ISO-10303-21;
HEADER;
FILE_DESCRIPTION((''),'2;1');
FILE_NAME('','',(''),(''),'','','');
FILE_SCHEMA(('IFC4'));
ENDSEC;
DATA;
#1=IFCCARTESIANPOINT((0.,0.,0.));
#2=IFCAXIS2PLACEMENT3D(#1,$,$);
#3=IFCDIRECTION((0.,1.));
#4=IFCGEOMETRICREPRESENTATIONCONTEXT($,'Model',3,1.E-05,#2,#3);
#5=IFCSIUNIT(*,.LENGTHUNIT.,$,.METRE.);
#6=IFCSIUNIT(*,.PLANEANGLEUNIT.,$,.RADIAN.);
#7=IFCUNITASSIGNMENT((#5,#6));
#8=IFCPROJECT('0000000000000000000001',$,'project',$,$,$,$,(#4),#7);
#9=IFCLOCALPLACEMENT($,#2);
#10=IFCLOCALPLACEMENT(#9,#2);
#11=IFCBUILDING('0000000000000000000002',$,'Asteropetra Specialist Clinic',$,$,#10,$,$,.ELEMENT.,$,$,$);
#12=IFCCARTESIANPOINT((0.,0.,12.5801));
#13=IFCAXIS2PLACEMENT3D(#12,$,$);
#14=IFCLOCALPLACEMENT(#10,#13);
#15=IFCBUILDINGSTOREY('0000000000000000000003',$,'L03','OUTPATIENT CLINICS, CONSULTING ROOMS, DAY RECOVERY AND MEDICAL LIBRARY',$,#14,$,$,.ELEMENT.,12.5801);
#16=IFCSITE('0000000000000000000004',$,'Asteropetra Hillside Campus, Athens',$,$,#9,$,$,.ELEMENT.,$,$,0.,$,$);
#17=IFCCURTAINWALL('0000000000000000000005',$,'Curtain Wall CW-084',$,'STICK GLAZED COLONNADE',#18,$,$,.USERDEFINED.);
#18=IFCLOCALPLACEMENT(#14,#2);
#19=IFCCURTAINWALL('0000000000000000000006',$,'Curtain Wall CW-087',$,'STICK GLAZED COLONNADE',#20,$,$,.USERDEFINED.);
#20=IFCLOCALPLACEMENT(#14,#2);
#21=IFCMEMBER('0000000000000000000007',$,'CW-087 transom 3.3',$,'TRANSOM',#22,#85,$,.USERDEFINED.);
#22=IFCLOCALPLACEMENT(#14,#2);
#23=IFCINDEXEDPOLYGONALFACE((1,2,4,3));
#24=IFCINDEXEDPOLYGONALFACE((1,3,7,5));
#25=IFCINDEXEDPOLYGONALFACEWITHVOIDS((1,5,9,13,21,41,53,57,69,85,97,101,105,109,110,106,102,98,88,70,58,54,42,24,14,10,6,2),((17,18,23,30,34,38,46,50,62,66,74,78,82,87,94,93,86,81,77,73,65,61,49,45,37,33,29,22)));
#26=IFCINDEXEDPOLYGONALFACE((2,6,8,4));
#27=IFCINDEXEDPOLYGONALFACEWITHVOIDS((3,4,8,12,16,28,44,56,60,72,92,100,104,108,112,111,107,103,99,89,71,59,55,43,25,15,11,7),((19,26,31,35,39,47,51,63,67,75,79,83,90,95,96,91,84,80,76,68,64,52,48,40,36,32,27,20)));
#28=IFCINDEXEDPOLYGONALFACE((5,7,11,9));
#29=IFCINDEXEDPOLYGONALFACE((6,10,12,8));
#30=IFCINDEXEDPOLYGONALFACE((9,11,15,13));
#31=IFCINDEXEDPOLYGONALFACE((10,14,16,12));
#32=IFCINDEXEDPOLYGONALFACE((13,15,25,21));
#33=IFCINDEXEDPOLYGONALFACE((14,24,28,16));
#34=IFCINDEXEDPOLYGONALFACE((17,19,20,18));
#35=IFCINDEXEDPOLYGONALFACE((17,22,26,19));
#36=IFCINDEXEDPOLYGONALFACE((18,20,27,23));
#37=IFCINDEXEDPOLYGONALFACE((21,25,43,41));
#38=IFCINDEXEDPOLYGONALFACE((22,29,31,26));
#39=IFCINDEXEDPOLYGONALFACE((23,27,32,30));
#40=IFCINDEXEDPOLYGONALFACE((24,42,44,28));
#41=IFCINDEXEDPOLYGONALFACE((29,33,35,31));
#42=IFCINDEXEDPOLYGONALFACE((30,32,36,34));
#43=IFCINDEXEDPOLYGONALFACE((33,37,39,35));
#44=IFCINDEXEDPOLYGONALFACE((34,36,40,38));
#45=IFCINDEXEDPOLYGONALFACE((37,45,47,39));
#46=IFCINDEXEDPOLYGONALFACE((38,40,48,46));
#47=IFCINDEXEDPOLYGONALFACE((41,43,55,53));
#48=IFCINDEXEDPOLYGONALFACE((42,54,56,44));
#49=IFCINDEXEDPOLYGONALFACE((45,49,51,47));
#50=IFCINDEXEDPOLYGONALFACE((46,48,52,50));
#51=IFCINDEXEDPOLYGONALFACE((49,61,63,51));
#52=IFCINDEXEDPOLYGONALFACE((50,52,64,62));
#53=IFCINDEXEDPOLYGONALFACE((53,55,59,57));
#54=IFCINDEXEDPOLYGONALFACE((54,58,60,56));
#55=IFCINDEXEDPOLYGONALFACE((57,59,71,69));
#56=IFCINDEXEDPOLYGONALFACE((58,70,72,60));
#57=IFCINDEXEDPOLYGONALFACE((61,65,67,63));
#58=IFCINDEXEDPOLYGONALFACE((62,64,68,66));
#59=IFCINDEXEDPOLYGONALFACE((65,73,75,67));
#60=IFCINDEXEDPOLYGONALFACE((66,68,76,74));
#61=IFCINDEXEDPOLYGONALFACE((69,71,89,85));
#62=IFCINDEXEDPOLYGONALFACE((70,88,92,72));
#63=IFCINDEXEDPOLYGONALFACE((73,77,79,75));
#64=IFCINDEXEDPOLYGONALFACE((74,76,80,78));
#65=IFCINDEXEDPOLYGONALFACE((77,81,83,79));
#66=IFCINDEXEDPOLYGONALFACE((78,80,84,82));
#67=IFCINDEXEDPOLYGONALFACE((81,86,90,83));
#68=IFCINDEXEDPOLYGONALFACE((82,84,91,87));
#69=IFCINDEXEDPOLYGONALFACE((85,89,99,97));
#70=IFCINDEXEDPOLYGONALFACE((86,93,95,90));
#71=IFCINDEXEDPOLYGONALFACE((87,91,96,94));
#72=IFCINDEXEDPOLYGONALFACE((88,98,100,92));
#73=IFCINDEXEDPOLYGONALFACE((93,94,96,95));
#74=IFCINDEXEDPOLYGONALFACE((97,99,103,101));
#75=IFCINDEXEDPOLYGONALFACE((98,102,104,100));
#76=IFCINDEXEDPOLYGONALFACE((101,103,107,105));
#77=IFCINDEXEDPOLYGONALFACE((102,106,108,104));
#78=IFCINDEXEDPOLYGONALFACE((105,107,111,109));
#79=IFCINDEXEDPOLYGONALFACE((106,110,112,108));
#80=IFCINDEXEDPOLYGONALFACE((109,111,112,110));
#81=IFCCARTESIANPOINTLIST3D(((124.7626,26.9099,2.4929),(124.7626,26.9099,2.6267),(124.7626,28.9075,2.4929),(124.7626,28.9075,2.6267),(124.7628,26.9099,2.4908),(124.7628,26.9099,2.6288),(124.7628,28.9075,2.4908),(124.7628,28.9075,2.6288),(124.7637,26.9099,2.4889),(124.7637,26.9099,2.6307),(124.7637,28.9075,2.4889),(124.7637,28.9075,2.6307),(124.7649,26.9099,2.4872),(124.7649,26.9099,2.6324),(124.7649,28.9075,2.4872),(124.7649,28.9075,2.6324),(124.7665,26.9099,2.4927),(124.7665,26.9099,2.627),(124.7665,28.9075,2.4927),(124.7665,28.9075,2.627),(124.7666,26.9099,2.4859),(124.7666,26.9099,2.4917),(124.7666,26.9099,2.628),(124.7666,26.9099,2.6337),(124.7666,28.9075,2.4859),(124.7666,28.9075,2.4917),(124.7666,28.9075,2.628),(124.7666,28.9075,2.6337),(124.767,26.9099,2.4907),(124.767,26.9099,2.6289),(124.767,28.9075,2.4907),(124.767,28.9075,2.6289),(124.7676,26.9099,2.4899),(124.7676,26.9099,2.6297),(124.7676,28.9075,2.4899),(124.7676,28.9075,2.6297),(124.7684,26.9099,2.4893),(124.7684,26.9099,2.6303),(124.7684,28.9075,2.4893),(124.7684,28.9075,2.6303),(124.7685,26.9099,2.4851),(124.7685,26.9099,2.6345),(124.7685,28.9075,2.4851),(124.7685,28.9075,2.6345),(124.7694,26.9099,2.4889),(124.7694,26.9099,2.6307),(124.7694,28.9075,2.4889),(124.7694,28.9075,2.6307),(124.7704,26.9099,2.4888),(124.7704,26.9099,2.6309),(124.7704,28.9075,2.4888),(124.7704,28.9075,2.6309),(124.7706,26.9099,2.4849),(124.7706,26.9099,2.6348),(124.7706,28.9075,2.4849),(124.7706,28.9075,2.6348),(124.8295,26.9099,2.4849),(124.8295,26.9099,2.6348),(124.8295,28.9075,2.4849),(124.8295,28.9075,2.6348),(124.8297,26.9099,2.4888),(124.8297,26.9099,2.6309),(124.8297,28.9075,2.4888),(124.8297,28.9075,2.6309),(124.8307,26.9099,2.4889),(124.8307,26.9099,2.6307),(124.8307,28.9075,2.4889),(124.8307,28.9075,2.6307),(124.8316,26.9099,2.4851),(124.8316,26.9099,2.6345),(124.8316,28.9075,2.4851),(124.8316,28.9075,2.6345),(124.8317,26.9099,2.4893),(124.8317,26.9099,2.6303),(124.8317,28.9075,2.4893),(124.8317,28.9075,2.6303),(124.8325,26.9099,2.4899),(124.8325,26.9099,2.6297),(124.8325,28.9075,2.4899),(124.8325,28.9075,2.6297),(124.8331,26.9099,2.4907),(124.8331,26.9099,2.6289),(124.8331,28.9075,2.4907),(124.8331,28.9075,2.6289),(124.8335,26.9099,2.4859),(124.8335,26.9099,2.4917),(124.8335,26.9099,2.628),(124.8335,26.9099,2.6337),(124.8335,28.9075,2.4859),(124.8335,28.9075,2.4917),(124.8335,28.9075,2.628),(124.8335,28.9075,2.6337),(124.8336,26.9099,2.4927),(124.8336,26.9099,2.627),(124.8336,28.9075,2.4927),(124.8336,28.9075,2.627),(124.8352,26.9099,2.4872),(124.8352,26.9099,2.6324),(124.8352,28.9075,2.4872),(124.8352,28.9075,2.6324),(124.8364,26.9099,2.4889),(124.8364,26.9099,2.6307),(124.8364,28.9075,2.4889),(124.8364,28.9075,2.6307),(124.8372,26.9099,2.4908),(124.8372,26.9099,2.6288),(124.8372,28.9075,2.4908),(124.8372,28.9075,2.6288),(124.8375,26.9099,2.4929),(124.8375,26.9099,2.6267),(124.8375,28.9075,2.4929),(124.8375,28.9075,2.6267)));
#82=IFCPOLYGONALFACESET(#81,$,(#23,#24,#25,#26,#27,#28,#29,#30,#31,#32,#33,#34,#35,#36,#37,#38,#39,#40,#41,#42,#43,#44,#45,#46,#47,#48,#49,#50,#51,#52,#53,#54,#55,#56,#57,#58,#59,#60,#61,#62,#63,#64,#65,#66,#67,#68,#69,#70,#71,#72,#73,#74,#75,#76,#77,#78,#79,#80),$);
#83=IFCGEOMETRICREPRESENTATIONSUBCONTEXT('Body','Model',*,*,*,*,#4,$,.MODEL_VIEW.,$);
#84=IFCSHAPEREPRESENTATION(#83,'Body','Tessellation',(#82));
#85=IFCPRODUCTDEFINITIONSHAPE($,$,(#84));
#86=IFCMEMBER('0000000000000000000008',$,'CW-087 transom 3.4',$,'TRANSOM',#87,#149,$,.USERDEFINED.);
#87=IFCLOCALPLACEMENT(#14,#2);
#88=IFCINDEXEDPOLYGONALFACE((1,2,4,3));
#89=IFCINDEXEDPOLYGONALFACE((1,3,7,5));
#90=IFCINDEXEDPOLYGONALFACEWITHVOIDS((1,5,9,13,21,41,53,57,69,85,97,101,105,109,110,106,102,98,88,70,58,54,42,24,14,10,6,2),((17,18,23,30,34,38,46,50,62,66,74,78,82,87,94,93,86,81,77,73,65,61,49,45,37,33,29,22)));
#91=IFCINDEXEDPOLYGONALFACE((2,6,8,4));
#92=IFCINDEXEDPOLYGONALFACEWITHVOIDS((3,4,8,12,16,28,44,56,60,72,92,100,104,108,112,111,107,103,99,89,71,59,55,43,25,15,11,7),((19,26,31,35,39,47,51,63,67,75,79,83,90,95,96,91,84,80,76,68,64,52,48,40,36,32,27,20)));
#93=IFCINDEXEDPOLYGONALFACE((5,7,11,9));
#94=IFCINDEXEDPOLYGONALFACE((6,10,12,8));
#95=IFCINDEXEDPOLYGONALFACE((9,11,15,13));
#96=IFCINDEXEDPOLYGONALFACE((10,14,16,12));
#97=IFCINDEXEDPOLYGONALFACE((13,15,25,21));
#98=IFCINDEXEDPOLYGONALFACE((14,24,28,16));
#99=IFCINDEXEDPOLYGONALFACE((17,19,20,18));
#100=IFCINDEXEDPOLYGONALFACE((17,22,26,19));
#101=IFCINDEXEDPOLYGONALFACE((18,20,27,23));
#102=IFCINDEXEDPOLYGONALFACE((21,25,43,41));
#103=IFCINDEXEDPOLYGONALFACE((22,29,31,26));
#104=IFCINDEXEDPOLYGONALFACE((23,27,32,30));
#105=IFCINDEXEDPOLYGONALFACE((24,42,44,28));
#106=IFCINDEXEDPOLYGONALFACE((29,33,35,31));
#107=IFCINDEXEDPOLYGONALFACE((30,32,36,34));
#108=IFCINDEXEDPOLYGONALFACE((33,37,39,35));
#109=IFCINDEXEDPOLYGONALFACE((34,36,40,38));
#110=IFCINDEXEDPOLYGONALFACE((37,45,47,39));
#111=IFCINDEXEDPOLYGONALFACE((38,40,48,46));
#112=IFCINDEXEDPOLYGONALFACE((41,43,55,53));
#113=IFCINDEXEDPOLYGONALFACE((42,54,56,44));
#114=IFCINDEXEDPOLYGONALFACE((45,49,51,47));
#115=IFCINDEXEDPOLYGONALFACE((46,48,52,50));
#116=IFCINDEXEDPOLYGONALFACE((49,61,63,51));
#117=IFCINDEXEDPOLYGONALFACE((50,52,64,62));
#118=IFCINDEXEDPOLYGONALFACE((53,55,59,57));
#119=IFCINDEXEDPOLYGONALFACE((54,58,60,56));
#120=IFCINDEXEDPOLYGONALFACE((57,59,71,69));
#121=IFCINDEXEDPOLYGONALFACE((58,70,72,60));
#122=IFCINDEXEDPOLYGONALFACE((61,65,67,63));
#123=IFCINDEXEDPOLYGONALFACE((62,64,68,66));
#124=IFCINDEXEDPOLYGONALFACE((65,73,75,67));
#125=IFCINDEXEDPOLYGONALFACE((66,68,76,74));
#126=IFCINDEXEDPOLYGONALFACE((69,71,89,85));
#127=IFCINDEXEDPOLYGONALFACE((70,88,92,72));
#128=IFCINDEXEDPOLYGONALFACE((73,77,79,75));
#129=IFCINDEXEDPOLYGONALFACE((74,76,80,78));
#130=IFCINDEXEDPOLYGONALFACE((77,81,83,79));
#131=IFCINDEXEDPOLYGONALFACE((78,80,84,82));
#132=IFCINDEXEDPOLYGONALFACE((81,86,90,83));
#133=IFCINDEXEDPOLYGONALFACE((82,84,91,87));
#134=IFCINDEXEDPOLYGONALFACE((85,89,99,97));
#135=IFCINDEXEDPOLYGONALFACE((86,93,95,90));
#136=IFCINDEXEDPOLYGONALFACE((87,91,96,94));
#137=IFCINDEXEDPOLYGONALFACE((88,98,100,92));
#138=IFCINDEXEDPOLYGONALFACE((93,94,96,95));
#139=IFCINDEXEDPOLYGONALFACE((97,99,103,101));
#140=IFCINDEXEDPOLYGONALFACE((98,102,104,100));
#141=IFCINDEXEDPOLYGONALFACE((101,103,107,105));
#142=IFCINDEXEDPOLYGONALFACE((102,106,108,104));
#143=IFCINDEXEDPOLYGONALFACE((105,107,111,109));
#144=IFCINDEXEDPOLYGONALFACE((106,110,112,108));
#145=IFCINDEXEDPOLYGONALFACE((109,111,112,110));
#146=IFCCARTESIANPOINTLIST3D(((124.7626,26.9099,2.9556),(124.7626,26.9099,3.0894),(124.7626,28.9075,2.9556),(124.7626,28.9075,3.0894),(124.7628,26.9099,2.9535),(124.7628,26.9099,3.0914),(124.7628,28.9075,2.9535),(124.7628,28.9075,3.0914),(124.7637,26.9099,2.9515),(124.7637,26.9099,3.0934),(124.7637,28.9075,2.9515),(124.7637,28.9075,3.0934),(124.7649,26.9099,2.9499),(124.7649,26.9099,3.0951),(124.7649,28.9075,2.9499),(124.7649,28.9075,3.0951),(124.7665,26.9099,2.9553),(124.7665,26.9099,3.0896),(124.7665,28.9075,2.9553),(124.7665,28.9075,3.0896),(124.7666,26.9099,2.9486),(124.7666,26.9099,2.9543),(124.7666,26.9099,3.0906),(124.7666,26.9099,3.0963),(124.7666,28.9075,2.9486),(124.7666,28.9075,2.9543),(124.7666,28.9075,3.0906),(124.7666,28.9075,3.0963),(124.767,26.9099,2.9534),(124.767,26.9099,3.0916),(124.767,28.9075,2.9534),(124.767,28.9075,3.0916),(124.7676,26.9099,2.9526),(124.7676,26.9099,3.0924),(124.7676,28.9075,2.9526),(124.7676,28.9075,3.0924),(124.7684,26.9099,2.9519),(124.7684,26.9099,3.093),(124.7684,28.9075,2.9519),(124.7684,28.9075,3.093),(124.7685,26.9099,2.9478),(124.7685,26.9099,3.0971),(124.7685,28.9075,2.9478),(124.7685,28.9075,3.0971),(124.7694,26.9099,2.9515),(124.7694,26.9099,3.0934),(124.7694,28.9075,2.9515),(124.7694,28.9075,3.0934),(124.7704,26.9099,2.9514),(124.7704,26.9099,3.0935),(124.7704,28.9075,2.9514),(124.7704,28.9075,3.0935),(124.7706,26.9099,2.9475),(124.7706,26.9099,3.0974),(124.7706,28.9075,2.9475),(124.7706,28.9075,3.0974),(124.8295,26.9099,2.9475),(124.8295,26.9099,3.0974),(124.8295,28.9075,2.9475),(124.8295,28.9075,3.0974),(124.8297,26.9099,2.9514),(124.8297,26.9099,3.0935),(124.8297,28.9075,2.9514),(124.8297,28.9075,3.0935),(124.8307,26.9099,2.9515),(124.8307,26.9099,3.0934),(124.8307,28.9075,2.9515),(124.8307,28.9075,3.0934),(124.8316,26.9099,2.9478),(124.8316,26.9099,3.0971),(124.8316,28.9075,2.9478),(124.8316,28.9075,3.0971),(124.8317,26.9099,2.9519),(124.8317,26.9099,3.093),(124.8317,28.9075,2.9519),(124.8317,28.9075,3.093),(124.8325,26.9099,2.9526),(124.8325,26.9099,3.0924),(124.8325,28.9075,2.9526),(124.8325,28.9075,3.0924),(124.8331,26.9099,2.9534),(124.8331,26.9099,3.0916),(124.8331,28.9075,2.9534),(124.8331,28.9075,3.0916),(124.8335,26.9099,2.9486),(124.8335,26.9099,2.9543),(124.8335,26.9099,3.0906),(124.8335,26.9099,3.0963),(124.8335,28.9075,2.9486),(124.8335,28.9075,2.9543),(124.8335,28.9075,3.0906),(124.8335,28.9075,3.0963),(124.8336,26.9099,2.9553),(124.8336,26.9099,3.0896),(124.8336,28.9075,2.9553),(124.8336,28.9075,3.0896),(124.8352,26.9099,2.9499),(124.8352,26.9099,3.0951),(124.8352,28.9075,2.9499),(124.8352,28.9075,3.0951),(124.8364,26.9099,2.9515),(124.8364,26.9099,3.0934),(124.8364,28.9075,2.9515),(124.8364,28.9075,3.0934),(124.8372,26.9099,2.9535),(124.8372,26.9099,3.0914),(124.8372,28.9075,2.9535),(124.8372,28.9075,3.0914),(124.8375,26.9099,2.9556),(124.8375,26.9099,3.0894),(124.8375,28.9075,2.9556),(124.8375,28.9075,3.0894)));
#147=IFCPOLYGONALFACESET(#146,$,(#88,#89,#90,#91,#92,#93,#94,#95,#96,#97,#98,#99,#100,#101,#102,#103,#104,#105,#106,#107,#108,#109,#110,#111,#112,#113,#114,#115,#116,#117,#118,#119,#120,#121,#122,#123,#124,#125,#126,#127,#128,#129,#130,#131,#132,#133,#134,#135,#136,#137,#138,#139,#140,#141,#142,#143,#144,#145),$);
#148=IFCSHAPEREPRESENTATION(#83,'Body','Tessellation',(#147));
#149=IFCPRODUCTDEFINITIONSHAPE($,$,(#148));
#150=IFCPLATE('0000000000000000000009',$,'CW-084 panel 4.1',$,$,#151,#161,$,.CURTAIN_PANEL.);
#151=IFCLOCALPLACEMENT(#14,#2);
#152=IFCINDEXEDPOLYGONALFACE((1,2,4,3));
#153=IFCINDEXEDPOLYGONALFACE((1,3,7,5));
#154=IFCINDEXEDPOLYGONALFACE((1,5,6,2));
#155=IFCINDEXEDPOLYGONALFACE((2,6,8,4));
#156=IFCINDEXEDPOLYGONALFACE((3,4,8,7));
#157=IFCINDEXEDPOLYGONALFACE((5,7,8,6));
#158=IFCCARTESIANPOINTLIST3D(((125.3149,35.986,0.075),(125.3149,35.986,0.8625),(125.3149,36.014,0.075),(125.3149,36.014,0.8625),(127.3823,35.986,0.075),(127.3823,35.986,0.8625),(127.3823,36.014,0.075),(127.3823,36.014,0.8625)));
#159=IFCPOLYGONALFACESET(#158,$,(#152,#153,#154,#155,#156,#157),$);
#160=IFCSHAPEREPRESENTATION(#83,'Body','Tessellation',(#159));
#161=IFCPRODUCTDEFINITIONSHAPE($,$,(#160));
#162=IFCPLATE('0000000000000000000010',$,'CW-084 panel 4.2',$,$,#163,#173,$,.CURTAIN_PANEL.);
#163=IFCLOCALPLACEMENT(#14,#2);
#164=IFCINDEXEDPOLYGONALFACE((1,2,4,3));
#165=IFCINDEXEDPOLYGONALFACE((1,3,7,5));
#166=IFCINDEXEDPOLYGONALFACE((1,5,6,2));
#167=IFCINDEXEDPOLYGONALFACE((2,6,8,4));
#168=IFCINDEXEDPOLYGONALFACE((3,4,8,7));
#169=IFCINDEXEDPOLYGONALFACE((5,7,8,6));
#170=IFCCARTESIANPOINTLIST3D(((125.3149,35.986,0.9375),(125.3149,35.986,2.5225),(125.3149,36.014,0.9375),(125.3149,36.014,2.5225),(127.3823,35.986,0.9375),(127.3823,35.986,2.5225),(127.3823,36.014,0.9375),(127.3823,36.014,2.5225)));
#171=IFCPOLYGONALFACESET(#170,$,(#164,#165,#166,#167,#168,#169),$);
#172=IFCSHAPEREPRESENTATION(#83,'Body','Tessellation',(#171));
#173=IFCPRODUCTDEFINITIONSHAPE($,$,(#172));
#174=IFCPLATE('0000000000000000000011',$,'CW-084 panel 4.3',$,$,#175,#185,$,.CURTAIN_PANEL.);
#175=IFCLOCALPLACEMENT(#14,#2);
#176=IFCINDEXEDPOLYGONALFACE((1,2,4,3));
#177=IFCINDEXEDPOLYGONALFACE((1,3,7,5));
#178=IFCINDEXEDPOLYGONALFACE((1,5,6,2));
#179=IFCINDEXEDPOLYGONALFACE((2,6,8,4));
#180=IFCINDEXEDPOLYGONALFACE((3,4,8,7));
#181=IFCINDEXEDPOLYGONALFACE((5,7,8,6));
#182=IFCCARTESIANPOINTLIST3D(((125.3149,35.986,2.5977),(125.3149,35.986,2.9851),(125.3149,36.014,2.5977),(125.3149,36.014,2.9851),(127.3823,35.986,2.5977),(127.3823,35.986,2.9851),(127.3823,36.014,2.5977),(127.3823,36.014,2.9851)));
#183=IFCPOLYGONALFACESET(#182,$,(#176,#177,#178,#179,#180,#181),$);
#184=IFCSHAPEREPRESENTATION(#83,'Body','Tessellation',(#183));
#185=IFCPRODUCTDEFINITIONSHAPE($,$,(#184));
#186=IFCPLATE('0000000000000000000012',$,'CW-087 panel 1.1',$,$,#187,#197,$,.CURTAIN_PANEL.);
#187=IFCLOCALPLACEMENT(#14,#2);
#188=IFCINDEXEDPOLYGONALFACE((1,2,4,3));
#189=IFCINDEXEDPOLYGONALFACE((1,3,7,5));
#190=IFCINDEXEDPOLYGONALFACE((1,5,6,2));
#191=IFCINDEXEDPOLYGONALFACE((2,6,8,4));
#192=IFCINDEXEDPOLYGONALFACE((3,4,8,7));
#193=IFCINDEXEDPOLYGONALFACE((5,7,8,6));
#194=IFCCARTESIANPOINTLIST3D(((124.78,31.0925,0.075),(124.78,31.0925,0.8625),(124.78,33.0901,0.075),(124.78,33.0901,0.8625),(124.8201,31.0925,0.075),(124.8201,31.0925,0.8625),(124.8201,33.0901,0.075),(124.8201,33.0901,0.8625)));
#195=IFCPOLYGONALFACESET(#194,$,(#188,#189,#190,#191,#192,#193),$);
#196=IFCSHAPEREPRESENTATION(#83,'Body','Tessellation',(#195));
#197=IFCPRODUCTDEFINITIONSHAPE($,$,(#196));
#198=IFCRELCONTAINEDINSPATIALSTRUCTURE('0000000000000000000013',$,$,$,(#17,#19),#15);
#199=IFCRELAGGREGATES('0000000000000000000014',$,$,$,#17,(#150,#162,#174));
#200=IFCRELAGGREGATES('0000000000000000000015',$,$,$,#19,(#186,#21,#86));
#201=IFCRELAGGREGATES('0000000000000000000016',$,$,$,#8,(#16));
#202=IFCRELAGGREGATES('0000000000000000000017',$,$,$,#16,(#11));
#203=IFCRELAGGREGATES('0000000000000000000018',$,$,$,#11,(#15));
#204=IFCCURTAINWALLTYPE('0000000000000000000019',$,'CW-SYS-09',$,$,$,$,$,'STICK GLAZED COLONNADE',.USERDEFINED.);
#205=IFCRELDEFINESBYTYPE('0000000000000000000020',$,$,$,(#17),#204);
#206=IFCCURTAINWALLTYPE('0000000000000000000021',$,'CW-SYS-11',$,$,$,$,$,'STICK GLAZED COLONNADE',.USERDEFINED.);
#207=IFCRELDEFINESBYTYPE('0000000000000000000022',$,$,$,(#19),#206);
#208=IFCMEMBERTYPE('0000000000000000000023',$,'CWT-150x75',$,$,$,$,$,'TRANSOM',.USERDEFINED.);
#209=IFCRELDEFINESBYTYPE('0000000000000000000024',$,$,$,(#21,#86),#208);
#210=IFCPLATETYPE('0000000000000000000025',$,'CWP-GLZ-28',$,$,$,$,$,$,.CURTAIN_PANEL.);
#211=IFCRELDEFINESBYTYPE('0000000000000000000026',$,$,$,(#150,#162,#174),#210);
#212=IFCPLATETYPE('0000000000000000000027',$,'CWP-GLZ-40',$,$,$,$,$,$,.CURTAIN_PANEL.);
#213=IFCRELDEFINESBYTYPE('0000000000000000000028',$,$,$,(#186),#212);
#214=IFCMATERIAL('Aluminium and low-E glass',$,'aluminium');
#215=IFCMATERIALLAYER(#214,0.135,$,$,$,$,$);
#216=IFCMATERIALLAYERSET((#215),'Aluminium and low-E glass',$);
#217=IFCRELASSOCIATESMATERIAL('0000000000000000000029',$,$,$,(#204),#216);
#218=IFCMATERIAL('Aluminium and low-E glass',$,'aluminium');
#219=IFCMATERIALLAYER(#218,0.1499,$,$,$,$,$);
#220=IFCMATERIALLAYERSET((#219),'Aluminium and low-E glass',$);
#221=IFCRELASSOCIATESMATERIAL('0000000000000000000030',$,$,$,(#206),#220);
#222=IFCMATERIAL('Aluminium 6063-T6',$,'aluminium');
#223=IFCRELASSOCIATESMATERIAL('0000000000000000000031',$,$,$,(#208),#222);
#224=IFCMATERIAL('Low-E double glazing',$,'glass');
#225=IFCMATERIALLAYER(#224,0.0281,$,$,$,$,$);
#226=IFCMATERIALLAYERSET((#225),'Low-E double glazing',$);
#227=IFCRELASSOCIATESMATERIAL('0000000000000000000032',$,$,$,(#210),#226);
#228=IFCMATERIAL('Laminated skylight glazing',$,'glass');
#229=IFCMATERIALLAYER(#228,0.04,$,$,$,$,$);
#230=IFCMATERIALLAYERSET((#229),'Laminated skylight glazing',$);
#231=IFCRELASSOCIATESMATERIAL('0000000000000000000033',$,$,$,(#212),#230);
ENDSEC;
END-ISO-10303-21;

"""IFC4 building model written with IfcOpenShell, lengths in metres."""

from ifc_helpers import new_model, si_unit, direction, frame, origin, origin_2d, place, context, subcontext, project, spatial, rectangle, hollow_rectangle, extrude, material, layer, layer_set, material_profile, profile_set, type_object, element, aggregate, save


model = new_model("IFC4")

# Units and contexts
model_context = context("Model", 3, precision=1e-05, world=origin(), true_north=direction((0.0, 1.0)))
body_context = subcontext(model_context, "Body", "Model", "MODEL_VIEW")
ifc_project = project(units=[si_unit("LENGTHUNIT", "METRE"), si_unit("PLANEANGLEUNIT", "RADIAN")], contexts=[model_context])

# Site, building, storey
site_placement = place(None, origin())
site = spatial("IfcSite", under=ifc_project, at=site_placement, Name="Asteropetra Hillside Campus, Athens", CompositionType="ELEMENT", RefElevation=0.0)
building_placement = place(site_placement, origin())
building = spatial("IfcBuilding", under=site, at=building_placement, Name="Asteropetra Specialist Clinic", CompositionType="ELEMENT")
storey_placement = place(building_placement, frame((0.0, 0.0, 12.5801)))
storey = spatial("IfcBuildingStorey", under=building, at=storey_placement, Name="L03", Description="OUTPATIENT CLINICS, CONSULTING ROOMS, DAY RECOVERY AND MEDICAL LIBRARY", CompositionType="ELEMENT", Elevation=12.5801)

# Curtain wall
ifc_material_1 = material(Name="Aluminium and low-E glass", Category="aluminium")
ifc_layer_1 = layer(ifc_material_1, 0.135)
ifc_layer_set_1 = layer_set([ifc_layer_1], Name="Aluminium and low-E glass")
curtain_wall_type_1 = type_object("IfcCurtainWallType", Name="CW-SYS-09", ElementType="STICK GLAZED COLONNADE", PredefinedType="USERDEFINED", material=ifc_layer_set_1)
curtain_wall_1_placement = place(storey_placement, origin())
curtain_wall_1 = element("IfcCurtainWall", 1, at=curtain_wall_1_placement, inside=storey, type_object=curtain_wall_type_1, Name="Curtain Wall CW-084", ObjectType="STICK GLAZED COLONNADE", PredefinedType="USERDEFINED")

# Curtain wall
ifc_material_2 = material(Name="Aluminium and low-E glass", Category="aluminium")
ifc_layer_2 = layer(ifc_material_2, 0.1499)
ifc_layer_set_2 = layer_set([ifc_layer_2], Name="Aluminium and low-E glass")
curtain_wall_type_2 = type_object("IfcCurtainWallType", Name="CW-SYS-11", ElementType="STICK GLAZED COLONNADE", PredefinedType="USERDEFINED", material=ifc_layer_set_2)
curtain_wall_2_placement = place(storey_placement, origin())
curtain_wall_2 = element("IfcCurtainWall", 2, at=curtain_wall_2_placement, inside=storey, type_object=curtain_wall_type_2, Name="Curtain Wall CW-087", ObjectType="STICK GLAZED COLONNADE", PredefinedType="USERDEFINED")

# Members
ifc_material_3 = material(Name="Aluminium 6063-T6", Category="aluminium")
ifc_material_profile_1 = material_profile(ifc_material_3, hollow_rectangle(XDim=0.075, YDim=0.1499, WallThickness=0.0039, InnerFilletRadius=0.0039, OuterFilletRadius=0.0081, at=origin_2d()), Name="TRN 150x75x4.0")
ifc_profile_set_1 = profile_set([ifc_material_profile_1], Name="Aluminium 6063-T6")
member_type_1 = type_object("IfcMemberType", Name="CWT-150x75", ElementType="TRANSOM", PredefinedType="USERDEFINED", material=ifc_profile_set_1)
member_1_placement = place(storey_placement, frame((124.8, 28.9075, 2.5598), z_axis=(0.0, -1.0, 0.0), x_axis=(1.0, 0.0, 0.0)))
member_1 = element("IfcMember", 3, at=member_1_placement, type_object=member_type_1, Name="CW-087 transom 3.3", ObjectType="TRANSOM", PredefinedType="USERDEFINED", context=body_context, shape_type="SweptSolid", body=[
    extrude(hollow_rectangle(XDim=0.075, YDim=0.1499, WallThickness=0.0039, InnerFilletRadius=0.0039, OuterFilletRadius=0.0081, at=origin_2d()), origin(), (0.0, 0.0, 1.0), 1.9976),
])
member_2_placement = place(storey_placement, frame((124.8, 28.9075, 3.0225), z_axis=(0.0, -1.0, 0.0), x_axis=(1.0, 0.0, 0.0)))
member_2 = element("IfcMember", 4, at=member_2_placement, type_object=member_type_1, Name="CW-087 transom 3.4", ObjectType="TRANSOM", PredefinedType="USERDEFINED", context=body_context, shape_type="SweptSolid", body=[
    extrude(hollow_rectangle(XDim=0.075, YDim=0.1499, WallThickness=0.0039, InnerFilletRadius=0.0039, OuterFilletRadius=0.0081, at=origin_2d()), origin(), (0.0, 0.0, 1.0), 1.9976),
])

# Plates
ifc_material_4 = material(Name="Low-E double glazing", Category="glass")
ifc_layer_3 = layer(ifc_material_4, 0.0281)
ifc_layer_set_3 = layer_set([ifc_layer_3], Name="Low-E double glazing")
plate_type_1 = type_object("IfcPlateType", Name="CWP-GLZ-28", PredefinedType="CURTAIN_PANEL", material=ifc_layer_set_3)
plate_1_placement = place(storey_placement, frame((126.3486, 36.0, 0.075), z_axis=(0.0, 0.0, 1.0), x_axis=(-1.0, 0.0, 0.0)))
plate_1 = element("IfcPlate", 5, at=plate_1_placement, type_object=plate_type_1, Name="CW-084 panel 4.1", PredefinedType="CURTAIN_PANEL", context=body_context, shape_type="SweptSolid", body=[
    extrude(rectangle(XDim=2.0674, YDim=0.0281, at=origin_2d()), origin(), (0.0, 0.0, 1.0), 0.7876),
])
plate_2_placement = place(storey_placement, frame((126.3486, 36.0, 0.9375), z_axis=(0.0, 0.0, 1.0), x_axis=(-1.0, 0.0, 0.0)))
plate_2 = element("IfcPlate", 6, at=plate_2_placement, type_object=plate_type_1, Name="CW-084 panel 4.2", PredefinedType="CURTAIN_PANEL", context=body_context, shape_type="SweptSolid", body=[
    extrude(rectangle(XDim=2.0674, YDim=0.0281, at=origin_2d()), origin(), (0.0, 0.0, 1.0), 1.585),
])
plate_3_placement = place(storey_placement, frame((126.3486, 36.0, 2.5977), z_axis=(0.0, 0.0, 1.0), x_axis=(-1.0, 0.0, 0.0)))
plate_3 = element("IfcPlate", 7, at=plate_3_placement, type_object=plate_type_1, Name="CW-084 panel 4.3", PredefinedType="CURTAIN_PANEL", context=body_context, shape_type="SweptSolid", body=[
    extrude(rectangle(XDim=2.0674, YDim=0.0281, at=origin_2d()), origin(), (0.0, 0.0, 1.0), 0.3875),
])
aggregate(curtain_wall_1, [plate_1, plate_2, plate_3])
ifc_material_5 = material(Name="Laminated skylight glazing", Category="glass")
ifc_layer_4 = layer(ifc_material_5, 0.04)
ifc_layer_set_4 = layer_set([ifc_layer_4], Name="Laminated skylight glazing")
plate_type_2 = type_object("IfcPlateType", Name="CWP-GLZ-40", PredefinedType="CURTAIN_PANEL", material=ifc_layer_set_4)
plate_4_placement = place(storey_placement, frame((124.8, 32.0913, 0.075), z_axis=(0.0, 0.0, 1.0), x_axis=(0.0, -1.0, 0.0)))
plate_4 = element("IfcPlate", 8, at=plate_4_placement, type_object=plate_type_2, Name="CW-087 panel 1.1", PredefinedType="CURTAIN_PANEL", context=body_context, shape_type="SweptSolid", body=[
    extrude(rectangle(XDim=1.9976, YDim=0.04, at=origin_2d()), origin(), (0.0, 0.0, 1.0), 0.7876),
])
aggregate(curtain_wall_2, [plate_4, member_1, member_2])

save(model, "model.ifc")
